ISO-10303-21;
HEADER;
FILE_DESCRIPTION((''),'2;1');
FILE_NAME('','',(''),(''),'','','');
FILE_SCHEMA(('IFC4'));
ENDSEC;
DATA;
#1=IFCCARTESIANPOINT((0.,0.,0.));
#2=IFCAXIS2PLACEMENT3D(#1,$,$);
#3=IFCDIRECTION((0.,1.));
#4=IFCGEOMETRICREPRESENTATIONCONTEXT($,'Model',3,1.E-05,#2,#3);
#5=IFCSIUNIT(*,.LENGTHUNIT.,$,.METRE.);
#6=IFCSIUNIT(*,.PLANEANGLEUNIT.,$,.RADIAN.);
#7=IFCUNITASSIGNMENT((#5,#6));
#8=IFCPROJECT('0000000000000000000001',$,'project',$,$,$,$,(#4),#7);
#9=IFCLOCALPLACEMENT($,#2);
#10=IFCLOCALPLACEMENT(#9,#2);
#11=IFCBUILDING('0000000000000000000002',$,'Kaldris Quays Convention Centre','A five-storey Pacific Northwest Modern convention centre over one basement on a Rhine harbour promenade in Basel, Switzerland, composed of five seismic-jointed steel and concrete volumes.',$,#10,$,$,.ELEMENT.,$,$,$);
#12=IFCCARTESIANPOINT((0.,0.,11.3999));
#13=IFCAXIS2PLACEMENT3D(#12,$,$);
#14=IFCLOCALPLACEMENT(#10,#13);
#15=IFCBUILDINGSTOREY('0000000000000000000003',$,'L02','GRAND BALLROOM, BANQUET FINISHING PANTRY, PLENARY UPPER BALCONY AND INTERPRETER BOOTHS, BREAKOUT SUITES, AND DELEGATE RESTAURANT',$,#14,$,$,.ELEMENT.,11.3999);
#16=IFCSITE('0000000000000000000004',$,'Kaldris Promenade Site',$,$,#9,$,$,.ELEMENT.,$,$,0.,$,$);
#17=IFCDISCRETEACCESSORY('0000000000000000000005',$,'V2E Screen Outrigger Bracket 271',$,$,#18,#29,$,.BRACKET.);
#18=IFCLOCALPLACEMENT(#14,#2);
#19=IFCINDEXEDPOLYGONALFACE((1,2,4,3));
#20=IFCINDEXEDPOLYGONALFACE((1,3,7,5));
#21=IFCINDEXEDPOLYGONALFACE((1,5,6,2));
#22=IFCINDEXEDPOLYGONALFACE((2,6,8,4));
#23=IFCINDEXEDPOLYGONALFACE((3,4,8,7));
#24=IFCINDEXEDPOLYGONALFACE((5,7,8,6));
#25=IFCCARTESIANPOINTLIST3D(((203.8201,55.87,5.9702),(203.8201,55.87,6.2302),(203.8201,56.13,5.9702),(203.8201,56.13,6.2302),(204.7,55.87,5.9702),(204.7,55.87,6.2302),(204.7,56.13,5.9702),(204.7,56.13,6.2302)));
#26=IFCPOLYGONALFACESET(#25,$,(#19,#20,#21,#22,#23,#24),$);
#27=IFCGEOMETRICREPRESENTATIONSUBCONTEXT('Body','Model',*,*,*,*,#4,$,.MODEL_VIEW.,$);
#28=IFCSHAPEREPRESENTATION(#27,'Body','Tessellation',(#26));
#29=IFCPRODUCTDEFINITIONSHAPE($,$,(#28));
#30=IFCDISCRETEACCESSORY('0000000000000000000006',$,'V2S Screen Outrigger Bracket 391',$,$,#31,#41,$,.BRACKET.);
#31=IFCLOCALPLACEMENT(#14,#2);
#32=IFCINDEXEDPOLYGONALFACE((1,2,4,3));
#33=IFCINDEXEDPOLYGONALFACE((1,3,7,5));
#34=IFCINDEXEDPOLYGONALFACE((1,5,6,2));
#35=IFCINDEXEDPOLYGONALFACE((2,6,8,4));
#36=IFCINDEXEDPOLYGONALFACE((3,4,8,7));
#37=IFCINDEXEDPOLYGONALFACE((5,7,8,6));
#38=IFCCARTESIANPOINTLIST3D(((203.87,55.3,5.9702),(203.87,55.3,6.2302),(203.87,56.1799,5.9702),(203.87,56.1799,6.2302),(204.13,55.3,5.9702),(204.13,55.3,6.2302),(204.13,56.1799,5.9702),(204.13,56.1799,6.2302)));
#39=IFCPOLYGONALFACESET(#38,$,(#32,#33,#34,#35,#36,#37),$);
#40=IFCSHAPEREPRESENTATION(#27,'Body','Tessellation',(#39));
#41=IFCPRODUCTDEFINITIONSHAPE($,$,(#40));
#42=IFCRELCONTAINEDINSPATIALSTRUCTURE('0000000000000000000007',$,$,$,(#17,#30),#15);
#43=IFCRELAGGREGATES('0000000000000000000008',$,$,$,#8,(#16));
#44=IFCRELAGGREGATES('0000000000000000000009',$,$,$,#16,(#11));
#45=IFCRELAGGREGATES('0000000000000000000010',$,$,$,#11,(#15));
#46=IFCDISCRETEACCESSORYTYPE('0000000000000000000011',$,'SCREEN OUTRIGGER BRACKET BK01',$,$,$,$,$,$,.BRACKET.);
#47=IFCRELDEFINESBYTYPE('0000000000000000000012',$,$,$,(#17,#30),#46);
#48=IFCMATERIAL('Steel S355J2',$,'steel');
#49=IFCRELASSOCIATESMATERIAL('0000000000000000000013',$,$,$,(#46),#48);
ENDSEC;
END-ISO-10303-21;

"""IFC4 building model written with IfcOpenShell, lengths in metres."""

from ifc_helpers import new_model, si_unit, direction, frame, origin, origin_2d, place, context, subcontext, project, spatial, rectangle, extrude, material, type_object, element, save


model = new_model("IFC4")

# Units and contexts
model_context = context("Model", 3, precision=1e-05, world=origin(), true_north=direction((0.0, 1.0)))
body_context = subcontext(model_context, "Body", "Model", "MODEL_VIEW")
ifc_project = project(units=[si_unit("LENGTHUNIT", "METRE"), si_unit("PLANEANGLEUNIT", "RADIAN")], contexts=[model_context])

# Site, building, storey
site_placement = place(None, origin())
site = spatial("IfcSite", under=ifc_project, at=site_placement, Name="Kaldris Promenade Site", CompositionType="ELEMENT", RefElevation=0.0)
building_placement = place(site_placement, origin())
building = spatial("IfcBuilding", under=site, at=building_placement, Name="Kaldris Quays Convention Centre", Description="A five-storey Pacific Northwest Modern convention centre over one basement on a Rhine harbour promenade in Basel, Switzerland, composed of five seismic-jointed steel and concrete volumes.", CompositionType="ELEMENT")
storey_placement = place(building_placement, frame((0.0, 0.0, 11.3999)))
storey = spatial("IfcBuildingStorey", under=building, at=storey_placement, Name="L02", Description="GRAND BALLROOM, BANQUET FINISHING PANTRY, PLENARY UPPER BALCONY AND INTERPRETER BOOTHS, BREAKOUT SUITES, AND DELEGATE RESTAURANT", CompositionType="ELEMENT", Elevation=11.3999)

# Shared definitions
ifc_material_1 = material(Name="Steel S355J2", Category="steel")

# Discrete accessories
discrete_accessory_type = type_object("IfcDiscreteAccessoryType", Name="SCREEN OUTRIGGER BRACKET BK01", PredefinedType="BRACKET", material=ifc_material_1)
for number, where, z_axis, x_axis, name in (
    (1, (204.26, 56.0, 5.9702), (0.0, 0.0, 1.0), (0.0, 1.0, 0.0), "V2E Screen Outrigger Bracket 271"),
    (2, (204.0, 55.74, 5.9702), (0.0, 0.0, 1.0), (1.0, 0.0, 0.0), "V2S Screen Outrigger Bracket 391"),
):
    element("IfcDiscreteAccessory", number, at=place(storey_placement, frame(where, z_axis=z_axis, x_axis=x_axis)), inside=storey, type_object=discrete_accessory_type, Name=name, PredefinedType="BRACKET", context=body_context, shape_type="SweptSolid", body=[
        extrude(rectangle(XDim=0.26, YDim=0.8799, at=origin_2d()), origin(), (0.0, 0.0, 1.0), 0.26),
    ])

save(model, "model.ifc")
